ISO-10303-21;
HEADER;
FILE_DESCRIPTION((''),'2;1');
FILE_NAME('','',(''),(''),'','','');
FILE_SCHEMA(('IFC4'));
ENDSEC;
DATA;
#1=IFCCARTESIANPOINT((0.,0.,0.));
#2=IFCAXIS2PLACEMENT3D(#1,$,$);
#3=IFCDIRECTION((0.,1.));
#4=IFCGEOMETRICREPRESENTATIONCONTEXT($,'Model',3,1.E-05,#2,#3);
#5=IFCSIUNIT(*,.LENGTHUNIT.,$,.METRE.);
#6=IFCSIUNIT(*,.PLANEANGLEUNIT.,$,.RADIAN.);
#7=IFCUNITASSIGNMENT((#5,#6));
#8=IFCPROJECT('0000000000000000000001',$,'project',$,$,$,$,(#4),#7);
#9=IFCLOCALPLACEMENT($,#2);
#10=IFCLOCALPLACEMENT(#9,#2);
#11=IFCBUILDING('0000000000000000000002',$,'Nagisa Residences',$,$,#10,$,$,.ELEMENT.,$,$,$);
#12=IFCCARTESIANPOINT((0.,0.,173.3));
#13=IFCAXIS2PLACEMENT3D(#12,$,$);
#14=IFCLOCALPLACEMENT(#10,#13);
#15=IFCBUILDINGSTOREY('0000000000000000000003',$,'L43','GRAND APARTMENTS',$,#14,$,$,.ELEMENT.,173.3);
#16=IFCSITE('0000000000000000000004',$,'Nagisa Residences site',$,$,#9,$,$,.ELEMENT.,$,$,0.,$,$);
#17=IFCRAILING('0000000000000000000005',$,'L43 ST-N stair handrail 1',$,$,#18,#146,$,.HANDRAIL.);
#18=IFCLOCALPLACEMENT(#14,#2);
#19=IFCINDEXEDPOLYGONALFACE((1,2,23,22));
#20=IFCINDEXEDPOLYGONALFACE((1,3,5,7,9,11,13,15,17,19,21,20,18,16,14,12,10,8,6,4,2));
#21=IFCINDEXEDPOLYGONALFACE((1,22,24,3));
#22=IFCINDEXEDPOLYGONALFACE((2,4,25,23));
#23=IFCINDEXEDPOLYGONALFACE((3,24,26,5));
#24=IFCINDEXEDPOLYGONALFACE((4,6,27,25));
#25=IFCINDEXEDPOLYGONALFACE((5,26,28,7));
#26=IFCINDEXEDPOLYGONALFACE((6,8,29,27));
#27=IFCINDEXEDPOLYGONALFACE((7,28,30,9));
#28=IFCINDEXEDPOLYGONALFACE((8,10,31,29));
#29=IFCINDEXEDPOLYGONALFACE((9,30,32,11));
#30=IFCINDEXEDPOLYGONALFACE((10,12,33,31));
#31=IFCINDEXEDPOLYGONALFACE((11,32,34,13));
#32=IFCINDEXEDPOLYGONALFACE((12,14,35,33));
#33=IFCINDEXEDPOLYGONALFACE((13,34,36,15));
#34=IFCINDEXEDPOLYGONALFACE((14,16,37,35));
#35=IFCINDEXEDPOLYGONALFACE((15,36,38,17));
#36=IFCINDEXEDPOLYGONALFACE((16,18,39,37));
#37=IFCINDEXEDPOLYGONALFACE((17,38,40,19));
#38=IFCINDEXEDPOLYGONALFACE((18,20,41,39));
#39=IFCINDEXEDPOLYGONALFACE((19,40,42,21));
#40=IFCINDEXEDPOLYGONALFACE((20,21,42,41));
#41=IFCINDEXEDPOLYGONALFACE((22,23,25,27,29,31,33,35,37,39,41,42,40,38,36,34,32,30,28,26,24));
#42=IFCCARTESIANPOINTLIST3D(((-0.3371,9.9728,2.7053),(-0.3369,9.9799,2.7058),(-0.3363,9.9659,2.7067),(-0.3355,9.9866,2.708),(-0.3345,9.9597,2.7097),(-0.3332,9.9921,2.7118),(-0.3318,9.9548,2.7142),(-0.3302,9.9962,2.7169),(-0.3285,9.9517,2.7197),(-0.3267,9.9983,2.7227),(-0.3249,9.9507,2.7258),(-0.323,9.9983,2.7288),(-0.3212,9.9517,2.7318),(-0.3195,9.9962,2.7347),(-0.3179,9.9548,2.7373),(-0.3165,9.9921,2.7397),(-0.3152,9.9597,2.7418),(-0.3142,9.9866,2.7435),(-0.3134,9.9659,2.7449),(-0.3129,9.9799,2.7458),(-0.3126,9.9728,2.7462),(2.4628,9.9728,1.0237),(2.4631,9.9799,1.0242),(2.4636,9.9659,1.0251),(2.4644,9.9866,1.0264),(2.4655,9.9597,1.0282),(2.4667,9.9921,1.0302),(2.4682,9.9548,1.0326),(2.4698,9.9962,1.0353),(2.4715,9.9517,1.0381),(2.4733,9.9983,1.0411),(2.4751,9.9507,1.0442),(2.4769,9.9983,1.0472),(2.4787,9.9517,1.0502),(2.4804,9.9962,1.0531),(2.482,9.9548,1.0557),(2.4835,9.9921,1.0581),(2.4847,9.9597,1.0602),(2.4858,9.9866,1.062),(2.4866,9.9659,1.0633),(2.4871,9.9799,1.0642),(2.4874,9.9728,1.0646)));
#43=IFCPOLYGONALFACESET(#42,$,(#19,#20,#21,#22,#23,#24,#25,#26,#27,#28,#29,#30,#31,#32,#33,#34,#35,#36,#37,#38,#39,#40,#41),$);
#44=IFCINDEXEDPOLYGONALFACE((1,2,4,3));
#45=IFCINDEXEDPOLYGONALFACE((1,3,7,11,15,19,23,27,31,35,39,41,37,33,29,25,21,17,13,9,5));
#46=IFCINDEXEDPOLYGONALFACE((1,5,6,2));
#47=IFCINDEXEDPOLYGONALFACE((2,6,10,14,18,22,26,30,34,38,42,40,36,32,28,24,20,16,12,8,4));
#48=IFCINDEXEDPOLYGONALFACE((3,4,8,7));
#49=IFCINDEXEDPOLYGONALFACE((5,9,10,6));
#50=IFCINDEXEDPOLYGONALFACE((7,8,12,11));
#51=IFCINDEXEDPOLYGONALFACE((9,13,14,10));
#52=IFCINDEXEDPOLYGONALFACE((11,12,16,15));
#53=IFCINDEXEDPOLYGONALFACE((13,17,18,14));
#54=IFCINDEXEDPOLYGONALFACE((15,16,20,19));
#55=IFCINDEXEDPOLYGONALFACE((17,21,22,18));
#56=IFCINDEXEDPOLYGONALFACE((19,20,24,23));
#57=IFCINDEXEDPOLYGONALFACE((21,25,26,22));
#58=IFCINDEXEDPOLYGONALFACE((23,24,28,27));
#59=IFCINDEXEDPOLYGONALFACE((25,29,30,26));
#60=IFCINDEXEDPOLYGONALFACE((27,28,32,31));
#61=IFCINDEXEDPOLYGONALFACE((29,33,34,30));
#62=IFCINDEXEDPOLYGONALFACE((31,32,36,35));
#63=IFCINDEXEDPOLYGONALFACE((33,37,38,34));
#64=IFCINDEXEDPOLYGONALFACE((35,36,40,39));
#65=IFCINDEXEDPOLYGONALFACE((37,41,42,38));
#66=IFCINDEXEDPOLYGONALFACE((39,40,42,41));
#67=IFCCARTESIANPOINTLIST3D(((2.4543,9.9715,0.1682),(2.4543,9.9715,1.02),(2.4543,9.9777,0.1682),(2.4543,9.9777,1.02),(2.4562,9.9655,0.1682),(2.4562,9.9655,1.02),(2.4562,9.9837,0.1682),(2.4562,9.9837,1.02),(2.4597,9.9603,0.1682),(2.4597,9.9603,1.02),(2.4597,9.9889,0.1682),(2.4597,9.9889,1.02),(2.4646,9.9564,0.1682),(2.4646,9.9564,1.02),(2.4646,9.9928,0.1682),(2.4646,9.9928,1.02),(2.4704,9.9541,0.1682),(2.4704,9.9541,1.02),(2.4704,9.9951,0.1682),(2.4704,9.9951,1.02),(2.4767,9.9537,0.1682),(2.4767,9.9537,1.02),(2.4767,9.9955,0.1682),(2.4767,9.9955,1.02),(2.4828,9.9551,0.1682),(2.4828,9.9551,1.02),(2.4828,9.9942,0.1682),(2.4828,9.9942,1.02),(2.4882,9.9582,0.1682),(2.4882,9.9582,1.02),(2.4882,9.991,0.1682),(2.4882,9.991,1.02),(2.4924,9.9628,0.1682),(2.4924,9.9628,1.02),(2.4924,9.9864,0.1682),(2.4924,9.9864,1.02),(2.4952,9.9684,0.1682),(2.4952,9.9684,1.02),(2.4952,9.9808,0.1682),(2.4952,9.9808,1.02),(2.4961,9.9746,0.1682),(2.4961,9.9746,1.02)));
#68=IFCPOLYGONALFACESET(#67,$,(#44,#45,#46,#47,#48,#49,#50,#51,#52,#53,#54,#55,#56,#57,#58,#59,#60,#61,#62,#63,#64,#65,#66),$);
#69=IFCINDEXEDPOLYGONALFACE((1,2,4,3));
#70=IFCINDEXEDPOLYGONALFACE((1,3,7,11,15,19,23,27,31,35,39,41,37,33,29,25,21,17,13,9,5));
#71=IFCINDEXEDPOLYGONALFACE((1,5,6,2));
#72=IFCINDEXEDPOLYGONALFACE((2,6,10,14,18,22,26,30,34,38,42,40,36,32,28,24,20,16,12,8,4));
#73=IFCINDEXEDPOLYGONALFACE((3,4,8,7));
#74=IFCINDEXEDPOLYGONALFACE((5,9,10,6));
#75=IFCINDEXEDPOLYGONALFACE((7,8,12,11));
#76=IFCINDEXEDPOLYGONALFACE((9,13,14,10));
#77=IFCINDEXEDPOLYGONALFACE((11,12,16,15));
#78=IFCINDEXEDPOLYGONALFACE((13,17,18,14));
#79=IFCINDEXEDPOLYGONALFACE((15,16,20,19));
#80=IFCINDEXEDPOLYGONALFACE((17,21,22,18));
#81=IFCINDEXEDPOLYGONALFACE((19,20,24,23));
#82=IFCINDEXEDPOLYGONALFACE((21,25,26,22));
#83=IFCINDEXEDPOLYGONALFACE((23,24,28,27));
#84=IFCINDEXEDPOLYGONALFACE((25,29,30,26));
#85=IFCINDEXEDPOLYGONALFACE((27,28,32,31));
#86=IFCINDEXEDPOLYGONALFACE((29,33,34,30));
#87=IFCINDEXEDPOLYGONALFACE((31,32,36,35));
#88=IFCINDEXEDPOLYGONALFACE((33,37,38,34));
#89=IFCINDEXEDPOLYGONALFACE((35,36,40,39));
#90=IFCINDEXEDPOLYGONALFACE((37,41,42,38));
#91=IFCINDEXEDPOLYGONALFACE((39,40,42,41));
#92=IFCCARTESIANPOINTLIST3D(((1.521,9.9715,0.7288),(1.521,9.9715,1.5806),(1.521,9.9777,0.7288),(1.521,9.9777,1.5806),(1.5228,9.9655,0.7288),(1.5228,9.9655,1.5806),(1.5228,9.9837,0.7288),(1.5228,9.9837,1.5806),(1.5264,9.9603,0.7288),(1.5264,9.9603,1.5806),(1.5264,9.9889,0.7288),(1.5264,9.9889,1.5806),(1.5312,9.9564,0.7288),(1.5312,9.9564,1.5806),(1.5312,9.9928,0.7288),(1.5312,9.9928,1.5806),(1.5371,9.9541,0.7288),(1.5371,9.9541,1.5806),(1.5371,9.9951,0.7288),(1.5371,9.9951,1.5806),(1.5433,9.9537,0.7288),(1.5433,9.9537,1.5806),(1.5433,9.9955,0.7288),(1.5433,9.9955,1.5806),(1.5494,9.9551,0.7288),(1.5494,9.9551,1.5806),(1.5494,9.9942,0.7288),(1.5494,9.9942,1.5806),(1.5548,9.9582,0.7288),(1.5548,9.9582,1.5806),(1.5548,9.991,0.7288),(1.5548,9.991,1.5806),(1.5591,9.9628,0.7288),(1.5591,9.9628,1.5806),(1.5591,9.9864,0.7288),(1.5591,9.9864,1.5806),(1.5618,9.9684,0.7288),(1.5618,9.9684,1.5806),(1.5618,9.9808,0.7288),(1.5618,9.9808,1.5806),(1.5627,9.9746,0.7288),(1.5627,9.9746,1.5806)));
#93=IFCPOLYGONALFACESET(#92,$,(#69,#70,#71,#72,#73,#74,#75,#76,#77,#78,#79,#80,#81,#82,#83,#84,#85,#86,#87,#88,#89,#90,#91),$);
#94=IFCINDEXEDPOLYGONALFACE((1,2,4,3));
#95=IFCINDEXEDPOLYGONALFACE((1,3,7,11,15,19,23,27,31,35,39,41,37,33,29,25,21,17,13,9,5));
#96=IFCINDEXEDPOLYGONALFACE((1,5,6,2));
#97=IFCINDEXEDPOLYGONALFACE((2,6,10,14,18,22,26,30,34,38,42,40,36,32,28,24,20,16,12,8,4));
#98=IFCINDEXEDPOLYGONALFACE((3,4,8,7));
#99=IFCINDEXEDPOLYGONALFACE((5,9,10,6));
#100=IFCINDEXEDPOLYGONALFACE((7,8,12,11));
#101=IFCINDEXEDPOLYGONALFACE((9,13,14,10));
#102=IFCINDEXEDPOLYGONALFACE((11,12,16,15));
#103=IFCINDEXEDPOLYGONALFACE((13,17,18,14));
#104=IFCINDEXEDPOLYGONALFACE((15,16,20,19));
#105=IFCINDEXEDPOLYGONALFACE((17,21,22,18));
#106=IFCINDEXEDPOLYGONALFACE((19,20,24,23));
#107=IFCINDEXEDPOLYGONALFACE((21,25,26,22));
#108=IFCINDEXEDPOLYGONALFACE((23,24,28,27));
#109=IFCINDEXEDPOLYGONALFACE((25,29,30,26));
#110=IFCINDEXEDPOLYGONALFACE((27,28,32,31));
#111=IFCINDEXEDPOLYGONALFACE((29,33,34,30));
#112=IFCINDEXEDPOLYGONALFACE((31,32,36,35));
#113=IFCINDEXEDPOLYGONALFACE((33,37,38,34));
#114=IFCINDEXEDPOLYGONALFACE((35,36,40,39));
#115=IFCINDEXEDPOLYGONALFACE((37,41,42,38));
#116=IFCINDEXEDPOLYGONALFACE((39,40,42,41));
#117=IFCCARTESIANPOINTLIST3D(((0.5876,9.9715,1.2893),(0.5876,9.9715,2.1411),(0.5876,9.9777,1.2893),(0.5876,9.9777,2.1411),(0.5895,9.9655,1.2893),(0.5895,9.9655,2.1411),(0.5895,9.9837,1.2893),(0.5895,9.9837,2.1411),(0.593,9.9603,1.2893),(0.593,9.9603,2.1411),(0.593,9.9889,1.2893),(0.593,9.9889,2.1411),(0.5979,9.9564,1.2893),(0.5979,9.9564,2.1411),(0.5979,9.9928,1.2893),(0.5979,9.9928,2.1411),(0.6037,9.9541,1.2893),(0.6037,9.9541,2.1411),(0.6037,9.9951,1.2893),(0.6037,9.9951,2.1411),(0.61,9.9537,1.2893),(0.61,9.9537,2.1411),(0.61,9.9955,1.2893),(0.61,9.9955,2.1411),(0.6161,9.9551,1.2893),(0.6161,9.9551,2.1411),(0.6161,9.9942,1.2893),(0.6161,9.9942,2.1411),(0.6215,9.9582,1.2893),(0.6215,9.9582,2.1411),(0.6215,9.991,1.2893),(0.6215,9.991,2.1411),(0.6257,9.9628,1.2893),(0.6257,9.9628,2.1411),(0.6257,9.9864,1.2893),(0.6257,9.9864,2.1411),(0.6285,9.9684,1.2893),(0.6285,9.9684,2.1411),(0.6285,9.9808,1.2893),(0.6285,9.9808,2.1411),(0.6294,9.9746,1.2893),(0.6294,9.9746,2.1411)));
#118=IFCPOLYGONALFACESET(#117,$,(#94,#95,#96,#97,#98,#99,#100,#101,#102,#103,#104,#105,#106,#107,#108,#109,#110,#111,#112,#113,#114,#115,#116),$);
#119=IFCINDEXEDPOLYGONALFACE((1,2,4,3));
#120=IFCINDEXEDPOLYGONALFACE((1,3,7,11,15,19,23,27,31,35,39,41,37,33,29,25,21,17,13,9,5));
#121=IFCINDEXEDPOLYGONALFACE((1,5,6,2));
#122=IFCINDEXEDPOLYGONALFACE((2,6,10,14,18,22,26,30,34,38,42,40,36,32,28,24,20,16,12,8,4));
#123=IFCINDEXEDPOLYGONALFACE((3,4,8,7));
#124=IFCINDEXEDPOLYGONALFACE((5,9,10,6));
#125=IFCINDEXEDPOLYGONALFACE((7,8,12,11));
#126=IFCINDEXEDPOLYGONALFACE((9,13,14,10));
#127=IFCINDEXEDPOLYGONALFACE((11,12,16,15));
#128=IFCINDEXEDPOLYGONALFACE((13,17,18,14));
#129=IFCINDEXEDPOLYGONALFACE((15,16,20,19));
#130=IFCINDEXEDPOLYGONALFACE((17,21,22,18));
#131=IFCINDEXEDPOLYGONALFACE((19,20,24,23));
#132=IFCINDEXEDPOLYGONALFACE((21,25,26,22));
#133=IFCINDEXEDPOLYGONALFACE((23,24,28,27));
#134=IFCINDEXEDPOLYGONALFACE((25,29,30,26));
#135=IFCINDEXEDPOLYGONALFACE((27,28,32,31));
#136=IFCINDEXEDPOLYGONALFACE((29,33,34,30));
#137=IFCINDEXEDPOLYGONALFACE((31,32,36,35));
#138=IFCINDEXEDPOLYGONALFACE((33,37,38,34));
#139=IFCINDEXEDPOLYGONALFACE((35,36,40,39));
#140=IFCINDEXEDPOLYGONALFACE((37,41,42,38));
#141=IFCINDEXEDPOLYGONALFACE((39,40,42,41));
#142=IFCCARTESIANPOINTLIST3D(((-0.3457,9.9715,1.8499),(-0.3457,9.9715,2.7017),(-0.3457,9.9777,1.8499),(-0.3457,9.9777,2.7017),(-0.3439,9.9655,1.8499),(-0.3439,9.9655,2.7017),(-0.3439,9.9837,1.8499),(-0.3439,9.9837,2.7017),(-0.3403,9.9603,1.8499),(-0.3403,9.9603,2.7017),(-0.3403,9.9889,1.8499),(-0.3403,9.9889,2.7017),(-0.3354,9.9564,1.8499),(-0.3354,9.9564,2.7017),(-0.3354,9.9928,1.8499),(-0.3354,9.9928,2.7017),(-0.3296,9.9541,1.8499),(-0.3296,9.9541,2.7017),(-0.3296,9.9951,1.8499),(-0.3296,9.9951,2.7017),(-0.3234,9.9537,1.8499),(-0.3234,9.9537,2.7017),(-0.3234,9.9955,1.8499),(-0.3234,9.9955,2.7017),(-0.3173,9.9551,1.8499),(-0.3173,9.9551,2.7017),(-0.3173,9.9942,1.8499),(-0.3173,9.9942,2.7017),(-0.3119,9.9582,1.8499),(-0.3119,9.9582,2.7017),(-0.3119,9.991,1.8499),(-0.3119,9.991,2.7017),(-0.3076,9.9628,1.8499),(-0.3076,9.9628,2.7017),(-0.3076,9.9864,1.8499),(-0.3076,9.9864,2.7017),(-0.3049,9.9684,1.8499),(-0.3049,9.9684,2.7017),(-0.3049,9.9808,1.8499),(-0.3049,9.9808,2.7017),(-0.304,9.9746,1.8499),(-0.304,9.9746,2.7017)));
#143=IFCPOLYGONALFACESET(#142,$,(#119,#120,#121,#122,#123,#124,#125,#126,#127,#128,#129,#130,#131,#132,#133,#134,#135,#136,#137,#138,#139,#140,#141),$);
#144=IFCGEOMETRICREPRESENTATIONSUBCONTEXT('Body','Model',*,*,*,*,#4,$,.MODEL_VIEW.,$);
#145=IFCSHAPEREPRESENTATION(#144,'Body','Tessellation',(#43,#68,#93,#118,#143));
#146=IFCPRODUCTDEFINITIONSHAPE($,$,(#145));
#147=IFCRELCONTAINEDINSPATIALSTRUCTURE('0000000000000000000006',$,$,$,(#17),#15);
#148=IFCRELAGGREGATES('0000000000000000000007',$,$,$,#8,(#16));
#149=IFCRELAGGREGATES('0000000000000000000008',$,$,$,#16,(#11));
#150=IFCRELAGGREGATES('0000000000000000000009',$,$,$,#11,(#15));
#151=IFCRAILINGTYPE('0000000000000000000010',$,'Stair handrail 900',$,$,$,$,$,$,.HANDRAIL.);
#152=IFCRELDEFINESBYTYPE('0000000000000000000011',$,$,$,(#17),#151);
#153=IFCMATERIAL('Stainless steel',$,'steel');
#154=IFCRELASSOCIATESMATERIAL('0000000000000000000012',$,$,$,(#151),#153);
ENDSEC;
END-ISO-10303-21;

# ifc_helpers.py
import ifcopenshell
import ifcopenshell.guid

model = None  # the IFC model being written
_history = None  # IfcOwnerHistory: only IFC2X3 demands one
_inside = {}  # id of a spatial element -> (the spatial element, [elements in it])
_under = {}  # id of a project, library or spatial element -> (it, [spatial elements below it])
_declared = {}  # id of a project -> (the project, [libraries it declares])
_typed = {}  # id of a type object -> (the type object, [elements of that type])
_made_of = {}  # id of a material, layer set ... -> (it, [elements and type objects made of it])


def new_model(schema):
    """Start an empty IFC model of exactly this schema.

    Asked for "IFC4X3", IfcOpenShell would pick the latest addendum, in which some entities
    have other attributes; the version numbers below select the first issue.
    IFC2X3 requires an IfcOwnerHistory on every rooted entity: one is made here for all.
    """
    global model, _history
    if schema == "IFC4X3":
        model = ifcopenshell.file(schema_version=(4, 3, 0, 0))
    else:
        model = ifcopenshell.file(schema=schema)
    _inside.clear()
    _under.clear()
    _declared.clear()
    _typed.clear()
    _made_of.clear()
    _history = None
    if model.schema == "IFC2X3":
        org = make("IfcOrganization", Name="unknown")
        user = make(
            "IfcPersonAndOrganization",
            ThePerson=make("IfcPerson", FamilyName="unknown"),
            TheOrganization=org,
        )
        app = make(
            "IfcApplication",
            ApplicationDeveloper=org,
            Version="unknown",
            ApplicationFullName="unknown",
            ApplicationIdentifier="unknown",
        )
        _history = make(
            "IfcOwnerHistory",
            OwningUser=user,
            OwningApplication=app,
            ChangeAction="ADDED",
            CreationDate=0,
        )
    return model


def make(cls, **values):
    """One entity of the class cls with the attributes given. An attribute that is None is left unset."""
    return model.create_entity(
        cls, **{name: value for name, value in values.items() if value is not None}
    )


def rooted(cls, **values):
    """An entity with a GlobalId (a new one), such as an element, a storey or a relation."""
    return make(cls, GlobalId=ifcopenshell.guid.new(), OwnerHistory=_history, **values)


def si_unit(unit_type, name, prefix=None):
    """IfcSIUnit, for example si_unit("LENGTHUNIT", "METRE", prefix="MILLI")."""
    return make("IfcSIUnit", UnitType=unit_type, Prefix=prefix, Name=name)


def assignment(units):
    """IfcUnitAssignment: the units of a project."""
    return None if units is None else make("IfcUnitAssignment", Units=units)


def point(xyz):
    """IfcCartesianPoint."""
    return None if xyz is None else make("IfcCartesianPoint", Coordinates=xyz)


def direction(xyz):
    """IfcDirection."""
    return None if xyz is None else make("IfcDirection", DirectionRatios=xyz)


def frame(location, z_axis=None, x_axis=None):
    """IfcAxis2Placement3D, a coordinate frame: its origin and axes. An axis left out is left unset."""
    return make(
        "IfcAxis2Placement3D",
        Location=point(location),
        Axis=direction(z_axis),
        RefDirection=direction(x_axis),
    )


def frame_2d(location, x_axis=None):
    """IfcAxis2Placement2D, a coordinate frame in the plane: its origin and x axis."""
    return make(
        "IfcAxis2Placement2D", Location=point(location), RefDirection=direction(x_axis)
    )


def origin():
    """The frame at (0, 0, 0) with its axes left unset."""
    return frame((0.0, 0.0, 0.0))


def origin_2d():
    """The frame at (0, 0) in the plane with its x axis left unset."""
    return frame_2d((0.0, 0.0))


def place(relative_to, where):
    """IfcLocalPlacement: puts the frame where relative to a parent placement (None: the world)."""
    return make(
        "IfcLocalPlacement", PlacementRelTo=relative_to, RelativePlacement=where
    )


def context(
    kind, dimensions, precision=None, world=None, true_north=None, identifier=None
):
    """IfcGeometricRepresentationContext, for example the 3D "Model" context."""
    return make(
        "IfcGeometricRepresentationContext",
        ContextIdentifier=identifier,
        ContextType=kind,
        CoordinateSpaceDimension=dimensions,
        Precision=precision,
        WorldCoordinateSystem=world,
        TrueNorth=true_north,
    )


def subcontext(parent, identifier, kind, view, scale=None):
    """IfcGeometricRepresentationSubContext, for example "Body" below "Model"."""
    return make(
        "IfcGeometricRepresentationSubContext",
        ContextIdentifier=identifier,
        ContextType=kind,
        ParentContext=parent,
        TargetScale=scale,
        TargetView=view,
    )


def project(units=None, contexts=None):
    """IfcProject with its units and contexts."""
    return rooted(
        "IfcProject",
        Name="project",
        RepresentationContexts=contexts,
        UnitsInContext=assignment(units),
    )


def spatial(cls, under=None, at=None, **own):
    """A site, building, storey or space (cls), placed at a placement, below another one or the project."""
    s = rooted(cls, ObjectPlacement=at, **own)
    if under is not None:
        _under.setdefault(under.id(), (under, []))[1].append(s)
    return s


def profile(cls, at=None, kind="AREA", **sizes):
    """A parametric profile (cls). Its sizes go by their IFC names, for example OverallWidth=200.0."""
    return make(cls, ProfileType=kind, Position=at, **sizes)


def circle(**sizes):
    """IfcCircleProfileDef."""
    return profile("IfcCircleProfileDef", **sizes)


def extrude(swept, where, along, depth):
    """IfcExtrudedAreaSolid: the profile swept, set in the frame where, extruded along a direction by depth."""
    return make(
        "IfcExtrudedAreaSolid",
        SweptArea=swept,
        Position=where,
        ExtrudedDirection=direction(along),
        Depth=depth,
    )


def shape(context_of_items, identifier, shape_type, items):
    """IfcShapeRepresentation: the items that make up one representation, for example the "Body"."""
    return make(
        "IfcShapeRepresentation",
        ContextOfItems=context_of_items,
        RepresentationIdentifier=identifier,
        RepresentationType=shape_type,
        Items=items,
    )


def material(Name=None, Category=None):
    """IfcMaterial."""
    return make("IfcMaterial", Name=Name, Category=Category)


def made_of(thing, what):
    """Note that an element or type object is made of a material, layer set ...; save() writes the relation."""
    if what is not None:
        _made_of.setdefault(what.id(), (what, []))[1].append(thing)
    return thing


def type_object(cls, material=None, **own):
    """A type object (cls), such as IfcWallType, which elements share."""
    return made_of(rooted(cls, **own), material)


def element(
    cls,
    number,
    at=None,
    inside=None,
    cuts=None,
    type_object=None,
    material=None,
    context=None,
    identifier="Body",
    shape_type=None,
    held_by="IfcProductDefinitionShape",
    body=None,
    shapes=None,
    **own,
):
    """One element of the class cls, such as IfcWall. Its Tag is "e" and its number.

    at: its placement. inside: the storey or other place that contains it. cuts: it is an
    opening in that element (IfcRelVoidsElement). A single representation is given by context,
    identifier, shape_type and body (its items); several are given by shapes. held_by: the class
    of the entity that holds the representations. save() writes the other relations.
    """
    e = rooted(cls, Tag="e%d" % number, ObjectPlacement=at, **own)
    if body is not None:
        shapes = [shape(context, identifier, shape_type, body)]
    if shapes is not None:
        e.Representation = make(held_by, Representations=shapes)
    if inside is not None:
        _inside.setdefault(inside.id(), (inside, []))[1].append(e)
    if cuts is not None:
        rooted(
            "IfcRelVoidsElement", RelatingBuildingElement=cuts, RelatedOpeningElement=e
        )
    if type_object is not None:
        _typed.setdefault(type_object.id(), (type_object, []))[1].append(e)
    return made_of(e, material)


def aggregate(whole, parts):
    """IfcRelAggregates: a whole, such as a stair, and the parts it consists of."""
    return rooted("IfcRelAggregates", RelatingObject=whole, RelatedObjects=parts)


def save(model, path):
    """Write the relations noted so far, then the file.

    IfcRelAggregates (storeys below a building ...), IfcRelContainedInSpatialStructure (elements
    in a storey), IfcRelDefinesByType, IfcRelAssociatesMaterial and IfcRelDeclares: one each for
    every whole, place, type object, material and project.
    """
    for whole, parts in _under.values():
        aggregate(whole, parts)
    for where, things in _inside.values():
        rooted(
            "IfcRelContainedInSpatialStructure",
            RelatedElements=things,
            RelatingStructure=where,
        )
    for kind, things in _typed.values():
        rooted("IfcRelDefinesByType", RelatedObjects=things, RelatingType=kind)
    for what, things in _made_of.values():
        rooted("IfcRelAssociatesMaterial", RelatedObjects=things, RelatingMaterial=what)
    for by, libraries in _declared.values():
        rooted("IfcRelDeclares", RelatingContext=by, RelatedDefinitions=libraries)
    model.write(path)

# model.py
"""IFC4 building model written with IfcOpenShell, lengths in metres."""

from ifc_helpers import new_model, si_unit, direction, frame, origin, origin_2d, place, context, subcontext, project, spatial, circle, extrude, material, type_object, element, save


model = new_model("IFC4")

# Units and contexts
model_context = context("Model", 3, precision=1e-05, world=origin(), true_north=direction((0.0, 1.0)))
body_context = subcontext(model_context, "Body", "Model", "MODEL_VIEW")
ifc_project = project(units=[si_unit("LENGTHUNIT", "METRE"), si_unit("PLANEANGLEUNIT", "RADIAN")], contexts=[model_context])

# Site, building, storey
site_placement = place(None, origin())
site = spatial("IfcSite", under=ifc_project, at=site_placement, Name="Nagisa Residences site", CompositionType="ELEMENT", RefElevation=0.0)
building_placement = place(site_placement, origin())
building = spatial("IfcBuilding", under=site, at=building_placement, Name="Nagisa Residences", CompositionType="ELEMENT")
storey_placement = place(building_placement, frame((0.0, 0.0, 173.3)))
storey = spatial("IfcBuildingStorey", under=building, at=storey_placement, Name="L43", Description="GRAND APARTMENTS", CompositionType="ELEMENT", Elevation=173.3)

# Railing
ifc_material_1 = material(Name="Stainless steel", Category="steel")
railing_type_1 = type_object("IfcRailingType", Name="Stair handrail 900", PredefinedType="HANDRAIL", material=ifc_material_1)
railing_1_placement = place(storey_placement, frame((2.4751, 9.9746, 0.1682)))
element("IfcRailing", 1, at=railing_1_placement, inside=storey, type_object=railing_type_1, Name="L43 ST-N stair handrail 1", PredefinedType="HANDRAIL", context=body_context, shape_type="SweptSolid", body=[
    extrude(circle(Radius=0.0239, at=origin_2d()), frame((0.0, 0.0, 0.876), z_axis=(-0.857275, 0.0, 0.514858), x_axis=(0.0, -1.0, 0.0)), (0.0, 0.0, 1.0), 3.2661),
    extrude(circle(Radius=0.021, at=origin_2d()), origin(), (0.0, 0.0, 1.0), 0.8518),
    extrude(circle(Radius=0.021, at=origin_2d()), frame((-0.9333, 0.0, 0.5605)), (0.0, 0.0, 1.0), 0.8518),
    extrude(circle(Radius=0.021, at=origin_2d()), frame((-1.8667, 0.0, 1.1211)), (0.0, 0.0, 1.0), 0.8518),
    extrude(circle(Radius=0.021, at=origin_2d()), frame((-2.8, 0.0, 1.6816)), (0.0, 0.0, 1.0), 0.8518),
])

save(model, "model.ifc")
